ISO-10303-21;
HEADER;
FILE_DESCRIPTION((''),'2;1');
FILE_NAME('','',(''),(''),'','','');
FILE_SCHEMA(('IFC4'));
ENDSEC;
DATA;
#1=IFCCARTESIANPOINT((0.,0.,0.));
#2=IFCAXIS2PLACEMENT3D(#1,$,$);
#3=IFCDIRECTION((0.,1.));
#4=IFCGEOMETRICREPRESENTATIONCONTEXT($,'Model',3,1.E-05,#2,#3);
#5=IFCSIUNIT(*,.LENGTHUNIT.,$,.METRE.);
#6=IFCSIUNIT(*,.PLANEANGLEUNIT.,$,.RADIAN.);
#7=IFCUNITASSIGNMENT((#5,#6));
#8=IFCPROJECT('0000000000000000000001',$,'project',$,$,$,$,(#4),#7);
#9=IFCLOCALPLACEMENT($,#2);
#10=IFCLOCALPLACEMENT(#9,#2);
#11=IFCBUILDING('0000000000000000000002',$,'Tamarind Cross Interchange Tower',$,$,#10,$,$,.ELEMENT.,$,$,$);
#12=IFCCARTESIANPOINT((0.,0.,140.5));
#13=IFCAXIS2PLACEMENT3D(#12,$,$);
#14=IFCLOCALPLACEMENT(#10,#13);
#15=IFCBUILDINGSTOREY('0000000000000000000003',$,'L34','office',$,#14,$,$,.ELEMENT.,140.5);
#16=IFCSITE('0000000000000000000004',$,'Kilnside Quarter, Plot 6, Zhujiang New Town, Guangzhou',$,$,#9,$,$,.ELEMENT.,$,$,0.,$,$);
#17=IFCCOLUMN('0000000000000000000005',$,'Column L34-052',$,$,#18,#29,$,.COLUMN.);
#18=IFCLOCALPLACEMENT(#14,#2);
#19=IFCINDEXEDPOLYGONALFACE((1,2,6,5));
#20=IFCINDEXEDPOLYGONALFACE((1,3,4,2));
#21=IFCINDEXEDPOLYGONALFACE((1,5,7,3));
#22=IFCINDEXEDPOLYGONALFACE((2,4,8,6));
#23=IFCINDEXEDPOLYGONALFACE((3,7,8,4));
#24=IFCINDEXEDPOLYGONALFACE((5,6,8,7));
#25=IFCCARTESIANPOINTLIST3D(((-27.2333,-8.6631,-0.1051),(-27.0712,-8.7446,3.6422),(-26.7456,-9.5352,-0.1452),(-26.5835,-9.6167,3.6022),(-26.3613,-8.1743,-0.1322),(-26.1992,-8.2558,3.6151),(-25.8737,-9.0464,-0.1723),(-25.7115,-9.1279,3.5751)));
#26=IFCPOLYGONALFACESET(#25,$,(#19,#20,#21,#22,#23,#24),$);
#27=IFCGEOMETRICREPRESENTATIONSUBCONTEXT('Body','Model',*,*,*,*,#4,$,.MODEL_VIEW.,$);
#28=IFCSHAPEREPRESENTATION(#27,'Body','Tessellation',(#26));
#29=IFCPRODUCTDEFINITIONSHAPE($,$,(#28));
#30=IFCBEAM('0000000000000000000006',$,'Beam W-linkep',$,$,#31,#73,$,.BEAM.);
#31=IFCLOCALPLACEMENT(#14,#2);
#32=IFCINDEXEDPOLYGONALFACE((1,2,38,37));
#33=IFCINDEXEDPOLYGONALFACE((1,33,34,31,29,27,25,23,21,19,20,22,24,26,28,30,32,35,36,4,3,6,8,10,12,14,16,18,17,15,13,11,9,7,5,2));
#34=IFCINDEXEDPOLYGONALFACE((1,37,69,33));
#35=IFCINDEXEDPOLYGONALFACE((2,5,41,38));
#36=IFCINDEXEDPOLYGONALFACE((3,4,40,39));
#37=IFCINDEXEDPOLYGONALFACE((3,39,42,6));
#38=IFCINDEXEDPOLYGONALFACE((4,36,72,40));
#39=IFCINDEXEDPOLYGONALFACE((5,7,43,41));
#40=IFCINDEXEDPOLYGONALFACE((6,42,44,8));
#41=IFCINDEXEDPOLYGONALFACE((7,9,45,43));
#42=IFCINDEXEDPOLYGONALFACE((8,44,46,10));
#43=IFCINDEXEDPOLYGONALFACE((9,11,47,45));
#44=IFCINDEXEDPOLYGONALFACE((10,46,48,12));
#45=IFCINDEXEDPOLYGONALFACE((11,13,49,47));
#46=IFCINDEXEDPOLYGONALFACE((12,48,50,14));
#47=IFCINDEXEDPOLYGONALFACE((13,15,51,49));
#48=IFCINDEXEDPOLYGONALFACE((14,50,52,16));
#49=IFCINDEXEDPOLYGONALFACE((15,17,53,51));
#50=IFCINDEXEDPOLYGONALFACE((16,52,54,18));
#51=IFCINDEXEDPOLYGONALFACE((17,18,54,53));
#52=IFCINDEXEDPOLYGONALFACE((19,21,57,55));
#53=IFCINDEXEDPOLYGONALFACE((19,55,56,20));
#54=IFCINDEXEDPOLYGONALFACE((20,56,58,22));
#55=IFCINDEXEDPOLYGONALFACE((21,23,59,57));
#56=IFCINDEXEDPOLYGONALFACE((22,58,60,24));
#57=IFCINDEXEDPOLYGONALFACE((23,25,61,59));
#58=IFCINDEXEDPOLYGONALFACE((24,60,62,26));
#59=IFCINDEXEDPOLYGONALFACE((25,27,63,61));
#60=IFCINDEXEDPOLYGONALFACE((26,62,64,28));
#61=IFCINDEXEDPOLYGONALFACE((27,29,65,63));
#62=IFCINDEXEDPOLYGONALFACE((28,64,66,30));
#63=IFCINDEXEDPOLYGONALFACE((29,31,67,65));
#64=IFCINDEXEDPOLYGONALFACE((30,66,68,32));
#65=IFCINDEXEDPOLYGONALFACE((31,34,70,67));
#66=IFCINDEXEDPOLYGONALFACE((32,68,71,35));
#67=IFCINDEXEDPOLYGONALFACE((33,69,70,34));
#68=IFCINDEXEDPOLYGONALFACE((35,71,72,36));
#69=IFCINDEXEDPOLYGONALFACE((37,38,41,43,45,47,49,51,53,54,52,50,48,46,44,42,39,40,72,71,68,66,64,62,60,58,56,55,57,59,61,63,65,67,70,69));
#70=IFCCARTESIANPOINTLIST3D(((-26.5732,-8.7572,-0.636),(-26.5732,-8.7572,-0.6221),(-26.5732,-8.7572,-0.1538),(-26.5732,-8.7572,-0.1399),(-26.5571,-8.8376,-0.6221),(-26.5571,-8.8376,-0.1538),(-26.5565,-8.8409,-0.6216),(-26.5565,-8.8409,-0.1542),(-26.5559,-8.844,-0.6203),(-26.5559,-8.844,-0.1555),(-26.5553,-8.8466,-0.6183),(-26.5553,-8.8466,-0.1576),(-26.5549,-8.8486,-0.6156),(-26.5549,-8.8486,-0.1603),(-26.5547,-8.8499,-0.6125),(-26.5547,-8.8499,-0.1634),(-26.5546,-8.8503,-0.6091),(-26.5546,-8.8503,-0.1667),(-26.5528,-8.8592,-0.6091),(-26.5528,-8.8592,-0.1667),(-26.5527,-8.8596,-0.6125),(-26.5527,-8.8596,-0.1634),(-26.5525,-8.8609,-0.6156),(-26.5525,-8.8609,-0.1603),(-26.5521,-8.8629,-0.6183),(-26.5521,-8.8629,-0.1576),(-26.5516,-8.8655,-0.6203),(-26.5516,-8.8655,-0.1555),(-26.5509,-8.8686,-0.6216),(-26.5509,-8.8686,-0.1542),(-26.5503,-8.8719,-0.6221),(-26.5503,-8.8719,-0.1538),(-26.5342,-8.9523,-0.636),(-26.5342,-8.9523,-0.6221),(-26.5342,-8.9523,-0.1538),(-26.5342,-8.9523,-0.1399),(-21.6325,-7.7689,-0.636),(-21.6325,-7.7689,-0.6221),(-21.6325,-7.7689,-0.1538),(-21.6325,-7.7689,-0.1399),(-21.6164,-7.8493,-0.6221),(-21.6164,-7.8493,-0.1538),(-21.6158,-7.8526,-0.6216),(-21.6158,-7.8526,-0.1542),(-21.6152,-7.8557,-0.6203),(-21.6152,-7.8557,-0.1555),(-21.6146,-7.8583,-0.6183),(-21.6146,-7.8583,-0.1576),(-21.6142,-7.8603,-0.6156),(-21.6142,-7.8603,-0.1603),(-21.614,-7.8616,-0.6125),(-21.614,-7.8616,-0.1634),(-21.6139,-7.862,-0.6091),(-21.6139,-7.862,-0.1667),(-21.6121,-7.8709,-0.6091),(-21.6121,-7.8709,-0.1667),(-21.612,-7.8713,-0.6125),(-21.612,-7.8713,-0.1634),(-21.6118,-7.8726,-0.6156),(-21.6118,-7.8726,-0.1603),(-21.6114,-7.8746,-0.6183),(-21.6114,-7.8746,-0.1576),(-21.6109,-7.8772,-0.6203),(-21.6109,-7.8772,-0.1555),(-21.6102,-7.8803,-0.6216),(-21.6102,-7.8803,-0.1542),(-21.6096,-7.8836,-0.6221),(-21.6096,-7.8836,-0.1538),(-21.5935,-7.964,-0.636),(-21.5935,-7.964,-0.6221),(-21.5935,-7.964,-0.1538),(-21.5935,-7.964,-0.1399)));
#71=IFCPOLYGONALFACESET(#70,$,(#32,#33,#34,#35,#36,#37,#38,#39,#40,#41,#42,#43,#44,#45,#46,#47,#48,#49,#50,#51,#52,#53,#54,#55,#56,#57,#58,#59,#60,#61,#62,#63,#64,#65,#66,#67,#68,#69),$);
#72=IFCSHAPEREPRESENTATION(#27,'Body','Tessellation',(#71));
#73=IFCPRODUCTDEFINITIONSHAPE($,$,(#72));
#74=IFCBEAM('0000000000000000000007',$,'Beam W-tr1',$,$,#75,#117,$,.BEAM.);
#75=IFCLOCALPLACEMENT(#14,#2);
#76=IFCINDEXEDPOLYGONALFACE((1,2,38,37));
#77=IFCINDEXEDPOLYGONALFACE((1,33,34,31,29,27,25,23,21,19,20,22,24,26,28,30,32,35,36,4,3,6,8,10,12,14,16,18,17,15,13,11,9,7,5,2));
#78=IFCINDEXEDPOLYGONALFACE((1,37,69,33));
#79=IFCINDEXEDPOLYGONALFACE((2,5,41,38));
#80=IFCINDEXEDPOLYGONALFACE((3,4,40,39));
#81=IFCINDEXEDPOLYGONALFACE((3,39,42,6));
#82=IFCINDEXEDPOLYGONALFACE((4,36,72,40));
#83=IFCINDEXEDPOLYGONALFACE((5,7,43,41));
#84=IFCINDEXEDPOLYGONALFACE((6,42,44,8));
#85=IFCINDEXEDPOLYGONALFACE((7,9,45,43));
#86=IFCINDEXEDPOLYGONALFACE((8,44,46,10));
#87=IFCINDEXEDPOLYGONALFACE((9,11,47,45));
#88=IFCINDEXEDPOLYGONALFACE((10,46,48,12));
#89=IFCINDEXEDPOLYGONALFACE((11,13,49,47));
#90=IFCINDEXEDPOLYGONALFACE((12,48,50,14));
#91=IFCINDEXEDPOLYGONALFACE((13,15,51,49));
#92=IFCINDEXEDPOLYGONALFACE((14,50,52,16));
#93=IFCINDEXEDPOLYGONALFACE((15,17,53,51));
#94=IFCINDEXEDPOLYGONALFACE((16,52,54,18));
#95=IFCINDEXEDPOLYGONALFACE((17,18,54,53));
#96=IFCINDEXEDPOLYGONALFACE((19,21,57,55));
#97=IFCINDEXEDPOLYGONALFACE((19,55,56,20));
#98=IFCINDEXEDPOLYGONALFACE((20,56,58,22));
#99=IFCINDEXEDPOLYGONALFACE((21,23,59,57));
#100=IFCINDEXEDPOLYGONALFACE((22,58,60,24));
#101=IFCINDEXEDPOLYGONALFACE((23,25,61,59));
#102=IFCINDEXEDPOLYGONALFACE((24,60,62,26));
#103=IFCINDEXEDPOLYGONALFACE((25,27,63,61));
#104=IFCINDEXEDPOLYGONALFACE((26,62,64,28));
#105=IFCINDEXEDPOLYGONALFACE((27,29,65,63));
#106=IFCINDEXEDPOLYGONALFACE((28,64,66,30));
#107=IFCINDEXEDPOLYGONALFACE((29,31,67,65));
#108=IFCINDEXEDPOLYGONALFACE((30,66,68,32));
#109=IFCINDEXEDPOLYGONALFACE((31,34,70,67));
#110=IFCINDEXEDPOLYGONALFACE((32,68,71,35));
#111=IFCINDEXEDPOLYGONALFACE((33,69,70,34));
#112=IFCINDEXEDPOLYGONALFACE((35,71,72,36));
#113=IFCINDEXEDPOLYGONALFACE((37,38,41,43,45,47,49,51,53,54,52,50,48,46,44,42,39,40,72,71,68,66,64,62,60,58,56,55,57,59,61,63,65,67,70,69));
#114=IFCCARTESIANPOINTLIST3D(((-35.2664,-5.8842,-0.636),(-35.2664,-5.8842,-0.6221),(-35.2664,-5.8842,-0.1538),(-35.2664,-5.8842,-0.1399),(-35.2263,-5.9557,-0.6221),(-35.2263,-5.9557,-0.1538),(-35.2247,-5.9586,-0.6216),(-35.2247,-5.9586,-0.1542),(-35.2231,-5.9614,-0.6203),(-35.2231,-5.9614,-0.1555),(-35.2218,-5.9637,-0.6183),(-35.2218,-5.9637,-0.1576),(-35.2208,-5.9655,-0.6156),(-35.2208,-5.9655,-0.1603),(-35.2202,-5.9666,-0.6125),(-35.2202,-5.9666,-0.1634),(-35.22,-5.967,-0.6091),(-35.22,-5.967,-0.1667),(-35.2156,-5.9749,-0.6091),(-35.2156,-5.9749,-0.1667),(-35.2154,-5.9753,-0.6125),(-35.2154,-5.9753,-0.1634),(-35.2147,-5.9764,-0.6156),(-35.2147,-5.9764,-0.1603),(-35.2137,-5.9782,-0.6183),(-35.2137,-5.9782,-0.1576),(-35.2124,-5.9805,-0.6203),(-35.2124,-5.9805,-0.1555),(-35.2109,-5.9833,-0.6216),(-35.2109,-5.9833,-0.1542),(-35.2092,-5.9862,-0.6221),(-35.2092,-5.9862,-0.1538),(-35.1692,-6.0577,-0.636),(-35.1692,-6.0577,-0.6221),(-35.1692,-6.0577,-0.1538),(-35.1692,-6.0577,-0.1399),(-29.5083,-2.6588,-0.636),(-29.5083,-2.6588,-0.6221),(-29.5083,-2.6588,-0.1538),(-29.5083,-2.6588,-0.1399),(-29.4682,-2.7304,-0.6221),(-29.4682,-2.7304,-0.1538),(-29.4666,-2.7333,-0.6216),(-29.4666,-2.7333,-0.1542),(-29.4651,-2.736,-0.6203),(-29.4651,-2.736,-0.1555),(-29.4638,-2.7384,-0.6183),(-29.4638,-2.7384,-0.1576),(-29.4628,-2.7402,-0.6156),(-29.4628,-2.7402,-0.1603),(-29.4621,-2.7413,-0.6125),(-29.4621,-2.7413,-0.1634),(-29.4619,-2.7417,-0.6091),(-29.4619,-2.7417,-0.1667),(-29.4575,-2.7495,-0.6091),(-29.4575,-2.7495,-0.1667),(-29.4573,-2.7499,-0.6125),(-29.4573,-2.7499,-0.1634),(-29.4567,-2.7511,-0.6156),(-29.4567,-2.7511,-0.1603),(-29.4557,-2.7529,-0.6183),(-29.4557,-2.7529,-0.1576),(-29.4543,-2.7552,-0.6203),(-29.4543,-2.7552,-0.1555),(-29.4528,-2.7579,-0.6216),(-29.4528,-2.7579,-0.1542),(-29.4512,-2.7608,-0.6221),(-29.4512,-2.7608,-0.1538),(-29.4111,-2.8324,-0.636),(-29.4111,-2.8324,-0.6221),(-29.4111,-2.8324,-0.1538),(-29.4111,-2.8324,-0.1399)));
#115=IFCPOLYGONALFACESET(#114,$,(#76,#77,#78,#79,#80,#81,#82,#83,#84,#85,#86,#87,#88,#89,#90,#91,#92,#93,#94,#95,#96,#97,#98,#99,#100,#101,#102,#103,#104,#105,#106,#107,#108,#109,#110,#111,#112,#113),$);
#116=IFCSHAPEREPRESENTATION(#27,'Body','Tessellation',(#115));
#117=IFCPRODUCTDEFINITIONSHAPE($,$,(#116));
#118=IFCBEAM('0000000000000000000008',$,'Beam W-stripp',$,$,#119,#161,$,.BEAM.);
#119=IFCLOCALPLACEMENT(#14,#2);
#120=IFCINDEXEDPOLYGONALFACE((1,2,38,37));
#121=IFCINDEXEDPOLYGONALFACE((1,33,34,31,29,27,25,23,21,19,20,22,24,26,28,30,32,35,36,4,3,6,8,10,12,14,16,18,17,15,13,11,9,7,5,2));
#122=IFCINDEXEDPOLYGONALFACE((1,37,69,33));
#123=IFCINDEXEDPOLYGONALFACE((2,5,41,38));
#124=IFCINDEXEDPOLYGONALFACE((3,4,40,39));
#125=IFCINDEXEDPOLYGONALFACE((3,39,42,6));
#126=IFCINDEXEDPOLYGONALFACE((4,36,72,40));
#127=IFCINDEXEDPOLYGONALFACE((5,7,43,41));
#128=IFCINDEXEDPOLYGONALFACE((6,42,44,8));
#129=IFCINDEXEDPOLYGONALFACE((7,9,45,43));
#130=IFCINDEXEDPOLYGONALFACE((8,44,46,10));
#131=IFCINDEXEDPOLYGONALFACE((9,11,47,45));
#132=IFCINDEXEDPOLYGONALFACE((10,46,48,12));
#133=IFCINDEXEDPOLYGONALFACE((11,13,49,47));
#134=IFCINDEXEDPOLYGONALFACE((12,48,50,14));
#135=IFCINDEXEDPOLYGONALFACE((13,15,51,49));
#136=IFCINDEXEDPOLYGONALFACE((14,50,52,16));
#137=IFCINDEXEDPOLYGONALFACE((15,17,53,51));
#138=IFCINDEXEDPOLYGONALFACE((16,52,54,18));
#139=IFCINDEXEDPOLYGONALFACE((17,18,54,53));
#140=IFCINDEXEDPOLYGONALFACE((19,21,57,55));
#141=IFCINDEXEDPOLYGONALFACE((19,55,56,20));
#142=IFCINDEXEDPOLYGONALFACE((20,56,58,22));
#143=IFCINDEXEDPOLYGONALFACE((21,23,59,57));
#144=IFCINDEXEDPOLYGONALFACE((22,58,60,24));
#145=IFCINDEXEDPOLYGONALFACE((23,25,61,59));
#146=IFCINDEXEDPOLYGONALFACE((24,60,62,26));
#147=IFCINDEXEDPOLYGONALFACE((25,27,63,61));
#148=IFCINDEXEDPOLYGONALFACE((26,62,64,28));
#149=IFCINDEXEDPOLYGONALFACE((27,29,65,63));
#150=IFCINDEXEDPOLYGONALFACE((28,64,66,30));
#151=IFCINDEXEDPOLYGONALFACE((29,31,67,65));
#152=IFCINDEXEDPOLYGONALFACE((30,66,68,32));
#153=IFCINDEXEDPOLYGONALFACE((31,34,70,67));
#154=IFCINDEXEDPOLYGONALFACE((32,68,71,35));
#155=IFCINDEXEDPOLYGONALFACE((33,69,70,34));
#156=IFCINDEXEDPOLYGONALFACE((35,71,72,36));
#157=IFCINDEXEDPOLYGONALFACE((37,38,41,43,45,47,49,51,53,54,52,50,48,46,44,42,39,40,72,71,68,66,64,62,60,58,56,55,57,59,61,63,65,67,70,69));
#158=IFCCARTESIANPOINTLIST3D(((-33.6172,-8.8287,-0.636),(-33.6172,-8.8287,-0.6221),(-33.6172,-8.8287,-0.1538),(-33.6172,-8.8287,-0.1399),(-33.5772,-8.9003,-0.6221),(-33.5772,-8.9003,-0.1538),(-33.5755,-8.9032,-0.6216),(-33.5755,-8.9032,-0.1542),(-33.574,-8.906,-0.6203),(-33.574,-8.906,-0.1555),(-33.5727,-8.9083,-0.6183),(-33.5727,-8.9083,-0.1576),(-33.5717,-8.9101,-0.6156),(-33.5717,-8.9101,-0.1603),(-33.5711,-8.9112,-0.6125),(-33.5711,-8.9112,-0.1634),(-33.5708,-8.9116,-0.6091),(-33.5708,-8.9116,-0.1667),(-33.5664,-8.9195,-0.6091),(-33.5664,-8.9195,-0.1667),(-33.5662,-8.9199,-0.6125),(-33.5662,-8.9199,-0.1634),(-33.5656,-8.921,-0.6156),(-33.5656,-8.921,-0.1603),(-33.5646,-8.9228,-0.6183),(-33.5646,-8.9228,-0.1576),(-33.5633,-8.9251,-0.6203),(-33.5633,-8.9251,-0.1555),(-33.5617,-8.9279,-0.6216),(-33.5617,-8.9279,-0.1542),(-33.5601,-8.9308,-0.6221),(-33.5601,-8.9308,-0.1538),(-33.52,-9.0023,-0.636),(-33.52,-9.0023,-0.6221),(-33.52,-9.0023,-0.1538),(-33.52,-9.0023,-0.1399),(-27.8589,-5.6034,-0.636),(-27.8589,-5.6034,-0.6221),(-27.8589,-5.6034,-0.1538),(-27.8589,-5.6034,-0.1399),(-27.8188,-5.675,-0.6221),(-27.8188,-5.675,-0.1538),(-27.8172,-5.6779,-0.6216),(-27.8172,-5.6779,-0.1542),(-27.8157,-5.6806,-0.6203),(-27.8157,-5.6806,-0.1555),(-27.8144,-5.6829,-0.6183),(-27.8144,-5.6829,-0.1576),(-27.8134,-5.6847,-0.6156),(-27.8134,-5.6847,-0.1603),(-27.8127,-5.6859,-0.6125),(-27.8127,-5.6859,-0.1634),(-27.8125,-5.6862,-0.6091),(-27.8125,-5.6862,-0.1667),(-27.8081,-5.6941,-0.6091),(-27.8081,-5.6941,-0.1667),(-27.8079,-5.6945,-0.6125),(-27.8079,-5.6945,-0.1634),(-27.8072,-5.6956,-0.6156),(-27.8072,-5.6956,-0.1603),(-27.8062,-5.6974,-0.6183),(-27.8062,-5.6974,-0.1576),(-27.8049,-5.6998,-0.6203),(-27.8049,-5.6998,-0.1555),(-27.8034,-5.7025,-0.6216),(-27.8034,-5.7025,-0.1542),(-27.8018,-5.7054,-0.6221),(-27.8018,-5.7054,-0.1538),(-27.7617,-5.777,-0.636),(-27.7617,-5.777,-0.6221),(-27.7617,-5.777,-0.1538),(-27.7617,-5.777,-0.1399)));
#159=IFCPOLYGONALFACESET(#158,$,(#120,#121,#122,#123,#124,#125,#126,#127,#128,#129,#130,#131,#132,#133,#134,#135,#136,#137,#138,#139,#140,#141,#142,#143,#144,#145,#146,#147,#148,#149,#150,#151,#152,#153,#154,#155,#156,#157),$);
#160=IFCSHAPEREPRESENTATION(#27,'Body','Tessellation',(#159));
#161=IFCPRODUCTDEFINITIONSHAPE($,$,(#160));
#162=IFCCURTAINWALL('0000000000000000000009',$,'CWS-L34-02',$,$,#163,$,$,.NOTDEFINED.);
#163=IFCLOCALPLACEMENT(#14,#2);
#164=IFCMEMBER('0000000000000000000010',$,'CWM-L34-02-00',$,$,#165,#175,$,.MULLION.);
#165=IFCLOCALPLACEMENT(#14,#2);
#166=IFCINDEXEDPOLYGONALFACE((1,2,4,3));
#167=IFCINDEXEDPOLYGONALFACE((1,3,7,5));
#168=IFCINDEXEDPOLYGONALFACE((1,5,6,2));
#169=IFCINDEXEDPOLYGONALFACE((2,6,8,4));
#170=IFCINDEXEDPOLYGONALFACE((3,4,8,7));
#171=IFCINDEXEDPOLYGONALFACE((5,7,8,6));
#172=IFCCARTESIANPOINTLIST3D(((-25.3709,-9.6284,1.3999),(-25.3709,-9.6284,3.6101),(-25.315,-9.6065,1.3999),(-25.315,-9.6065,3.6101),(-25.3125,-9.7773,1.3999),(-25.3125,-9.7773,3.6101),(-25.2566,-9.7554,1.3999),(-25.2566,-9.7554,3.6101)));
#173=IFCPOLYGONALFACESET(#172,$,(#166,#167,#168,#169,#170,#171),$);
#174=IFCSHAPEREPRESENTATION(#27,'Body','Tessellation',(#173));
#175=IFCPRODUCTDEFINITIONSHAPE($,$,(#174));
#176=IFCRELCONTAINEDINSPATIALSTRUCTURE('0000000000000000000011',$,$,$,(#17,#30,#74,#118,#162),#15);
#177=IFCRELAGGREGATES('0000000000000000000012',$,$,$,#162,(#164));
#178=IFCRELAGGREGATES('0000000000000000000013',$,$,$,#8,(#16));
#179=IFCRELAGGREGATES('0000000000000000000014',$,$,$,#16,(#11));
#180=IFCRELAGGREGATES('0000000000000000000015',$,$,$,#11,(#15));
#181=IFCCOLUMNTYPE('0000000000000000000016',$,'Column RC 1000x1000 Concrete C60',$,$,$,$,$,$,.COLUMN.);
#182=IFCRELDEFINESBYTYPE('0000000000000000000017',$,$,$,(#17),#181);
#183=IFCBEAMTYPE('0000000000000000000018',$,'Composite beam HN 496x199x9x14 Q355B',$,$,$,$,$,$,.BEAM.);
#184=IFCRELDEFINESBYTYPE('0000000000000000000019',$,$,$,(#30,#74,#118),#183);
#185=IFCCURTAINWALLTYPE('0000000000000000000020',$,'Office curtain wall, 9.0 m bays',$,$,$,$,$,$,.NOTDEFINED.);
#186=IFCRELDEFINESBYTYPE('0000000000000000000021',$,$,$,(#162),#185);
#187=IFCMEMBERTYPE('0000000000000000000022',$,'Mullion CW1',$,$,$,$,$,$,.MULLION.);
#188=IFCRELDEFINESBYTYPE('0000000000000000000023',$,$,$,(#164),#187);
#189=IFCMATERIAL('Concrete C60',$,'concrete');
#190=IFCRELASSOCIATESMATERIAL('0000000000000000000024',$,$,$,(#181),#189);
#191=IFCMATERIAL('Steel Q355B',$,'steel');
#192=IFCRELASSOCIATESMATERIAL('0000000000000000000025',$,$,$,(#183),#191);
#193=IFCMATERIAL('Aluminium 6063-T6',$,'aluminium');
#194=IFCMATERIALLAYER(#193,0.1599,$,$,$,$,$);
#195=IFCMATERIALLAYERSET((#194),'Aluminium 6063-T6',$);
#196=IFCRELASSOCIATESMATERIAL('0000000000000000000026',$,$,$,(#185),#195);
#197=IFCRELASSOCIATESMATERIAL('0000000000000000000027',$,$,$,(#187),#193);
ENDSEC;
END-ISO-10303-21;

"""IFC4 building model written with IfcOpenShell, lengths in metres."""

from ifc_helpers import new_model, si_unit, direction, frame, origin, origin_2d, place, context, subcontext, project, spatial, rectangle, i_section, extrude, material, layer, layer_set, material_profile, profile_set, type_object, element, aggregate, save


model = new_model("IFC4")

# Units and contexts
model_context = context("Model", 3, precision=1e-05, world=origin(), true_north=direction((0.0, 1.0)))
body_context = subcontext(model_context, "Body", "Model", "MODEL_VIEW")
ifc_project = project(units=[si_unit("LENGTHUNIT", "METRE"), si_unit("PLANEANGLEUNIT", "RADIAN")], contexts=[model_context])

# Site, building, storey
site_placement = place(None, origin())
site = spatial("IfcSite", under=ifc_project, at=site_placement, Name="Kilnside Quarter, Plot 6, Zhujiang New Town, Guangzhou", CompositionType="ELEMENT", RefElevation=0.0)
building_placement = place(site_placement, origin())
building = spatial("IfcBuilding", under=site, at=building_placement, Name="Tamarind Cross Interchange Tower", CompositionType="ELEMENT")
storey_placement = place(building_placement, frame((0.0, 0.0, 140.5)))
storey = spatial("IfcBuildingStorey", under=building, at=storey_placement, Name="L34", Description="office", CompositionType="ELEMENT", Elevation=140.5)

# Column
ifc_material_1 = material(Name="Concrete C60", Category="concrete")
ifc_material_profile_1 = material_profile(ifc_material_1, rectangle(XDim=1.0, YDim=1.0, at=origin_2d()), Name="RC 1000x1000")
ifc_profile_set_1 = profile_set([ifc_material_profile_1], Name="Concrete C60")
column_type = type_object("IfcColumnType", Name="Column RC 1000x1000 Concrete C60", PredefinedType="COLUMN", material=ifc_profile_set_1)
column_placement = place(storey_placement, frame((-26.5535, -8.8547, -0.1387), z_axis=(0.04321, -0.021735, 0.99883), x_axis=(-0.487666, 0.87211, 0.040074)))
element("IfcColumn", 1, at=column_placement, inside=storey, type_object=column_type, Name="Column L34-052", PredefinedType="COLUMN", context=body_context, shape_type="SweptSolid", body=[
    extrude(rectangle(XDim=1.0, YDim=1.0, at=origin_2d()), origin(), (0.0, 0.0, 1.0), 3.7517),
])

# Beams
ifc_material_2 = material(Name="Steel Q355B", Category="steel")
ifc_material_profile_2 = material_profile(ifc_material_2, i_section(OverallWidth=0.199, OverallDepth=0.4961, WebThickness=0.009, FlangeThickness=0.0139, FilletRadius=0.0129, at=origin_2d()), Name="HN 496x199x9x14")
ifc_profile_set_2 = profile_set([ifc_material_profile_2], Name="Steel Q355B")
beam_type = type_object("IfcBeamType", Name="Composite beam HN 496x199x9x14 Q355B", PredefinedType="BEAM", material=ifc_profile_set_2)
beam_1_placement = place(storey_placement, frame((-26.5537, -8.8547, -0.3879), z_axis=(0.980575, 0.196144, 0.0), x_axis=(-0.196144, 0.980575, 0.0)))
element("IfcBeam", 2, at=beam_1_placement, inside=storey, type_object=beam_type, Name="Beam W-linkep", PredefinedType="BEAM", context=body_context, shape_type="SweptSolid", body=[
    extrude(i_section(OverallWidth=0.199, OverallDepth=0.4961, WebThickness=0.009, FlangeThickness=0.0139, FilletRadius=0.0129, at=origin_2d()), origin(), (0.0, 0.0, 1.0), 5.0386),
])
beam_2_placement = place(storey_placement, frame((-29.4597, -2.7456, -0.3879), z_axis=(-0.872452, -0.488699, 0.0), x_axis=(0.488699, -0.872452, 0.0)))
element("IfcBeam", 3, at=beam_2_placement, inside=storey, type_object=beam_type, Name="Beam W-tr1", PredefinedType="BEAM", context=body_context, shape_type="SweptSolid", body=[
    extrude(i_section(OverallWidth=0.199, OverallDepth=0.4961, WebThickness=0.009, FlangeThickness=0.0139, FilletRadius=0.0129, at=origin_2d()), origin(), (0.0, 0.0, 1.0), 6.5999),
])
beam_3_placement = place(storey_placement, frame((-27.8103, -5.6902, -0.3879), z_axis=(-0.872461, -0.488683, 0.0), x_axis=(0.488683, -0.872461, 0.0)))
element("IfcBeam", 4, at=beam_3_placement, inside=storey, type_object=beam_type, Name="Beam W-stripp", PredefinedType="BEAM", context=body_context, shape_type="SweptSolid", body=[
    extrude(i_section(OverallWidth=0.199, OverallDepth=0.4961, WebThickness=0.009, FlangeThickness=0.0139, FilletRadius=0.0129, at=origin_2d()), origin(), (0.0, 0.0, 1.0), 6.6001),
])

# Curtain wall, member
ifc_material_3 = material(Name="Aluminium 6063-T6", Category="aluminium")
ifc_layer_1 = layer(ifc_material_3, 0.1599)
ifc_layer_set_1 = layer_set([ifc_layer_1], Name="Aluminium 6063-T6")
curtain_wall_type = type_object("IfcCurtainWallType", Name="Office curtain wall, 9.0 m bays", PredefinedType="NOTDEFINED", material=ifc_layer_set_1)
curtain_wall_placement = place(storey_placement, origin())
curtain_wall = element("IfcCurtainWall", 5, at=curtain_wall_placement, inside=storey, type_object=curtain_wall_type, Name="CWS-L34-02", PredefinedType="NOTDEFINED")
ifc_material_profile_3 = material_profile(ifc_material_3, rectangle(XDim=0.0601, YDim=0.1599, at=origin_2d()), Name="Mullion CW1")
ifc_profile_set_3 = profile_set([ifc_material_profile_3], Name="Aluminium 6063-T6")
member_type = type_object("IfcMemberType", Name="Mullion CW1", PredefinedType="MULLION", material=ifc_profile_set_3)
member_placement = place(storey_placement, frame((-25.3137, -9.6919, 1.3999), z_axis=(0.0, 0.0, 1.0), x_axis=(0.930869, 0.365354, 0.0)))
member = element("IfcMember", 6, at=member_placement, type_object=member_type, Name="CWM-L34-02-00", PredefinedType="MULLION", context=body_context, shape_type="SweptSolid", body=[
    extrude(rectangle(XDim=0.0601, YDim=0.1599, at=origin_2d()), origin(), (0.0, 0.0, 1.0), 2.2102),
])
aggregate(curtain_wall, [member])

save(model, "model.ifc")
